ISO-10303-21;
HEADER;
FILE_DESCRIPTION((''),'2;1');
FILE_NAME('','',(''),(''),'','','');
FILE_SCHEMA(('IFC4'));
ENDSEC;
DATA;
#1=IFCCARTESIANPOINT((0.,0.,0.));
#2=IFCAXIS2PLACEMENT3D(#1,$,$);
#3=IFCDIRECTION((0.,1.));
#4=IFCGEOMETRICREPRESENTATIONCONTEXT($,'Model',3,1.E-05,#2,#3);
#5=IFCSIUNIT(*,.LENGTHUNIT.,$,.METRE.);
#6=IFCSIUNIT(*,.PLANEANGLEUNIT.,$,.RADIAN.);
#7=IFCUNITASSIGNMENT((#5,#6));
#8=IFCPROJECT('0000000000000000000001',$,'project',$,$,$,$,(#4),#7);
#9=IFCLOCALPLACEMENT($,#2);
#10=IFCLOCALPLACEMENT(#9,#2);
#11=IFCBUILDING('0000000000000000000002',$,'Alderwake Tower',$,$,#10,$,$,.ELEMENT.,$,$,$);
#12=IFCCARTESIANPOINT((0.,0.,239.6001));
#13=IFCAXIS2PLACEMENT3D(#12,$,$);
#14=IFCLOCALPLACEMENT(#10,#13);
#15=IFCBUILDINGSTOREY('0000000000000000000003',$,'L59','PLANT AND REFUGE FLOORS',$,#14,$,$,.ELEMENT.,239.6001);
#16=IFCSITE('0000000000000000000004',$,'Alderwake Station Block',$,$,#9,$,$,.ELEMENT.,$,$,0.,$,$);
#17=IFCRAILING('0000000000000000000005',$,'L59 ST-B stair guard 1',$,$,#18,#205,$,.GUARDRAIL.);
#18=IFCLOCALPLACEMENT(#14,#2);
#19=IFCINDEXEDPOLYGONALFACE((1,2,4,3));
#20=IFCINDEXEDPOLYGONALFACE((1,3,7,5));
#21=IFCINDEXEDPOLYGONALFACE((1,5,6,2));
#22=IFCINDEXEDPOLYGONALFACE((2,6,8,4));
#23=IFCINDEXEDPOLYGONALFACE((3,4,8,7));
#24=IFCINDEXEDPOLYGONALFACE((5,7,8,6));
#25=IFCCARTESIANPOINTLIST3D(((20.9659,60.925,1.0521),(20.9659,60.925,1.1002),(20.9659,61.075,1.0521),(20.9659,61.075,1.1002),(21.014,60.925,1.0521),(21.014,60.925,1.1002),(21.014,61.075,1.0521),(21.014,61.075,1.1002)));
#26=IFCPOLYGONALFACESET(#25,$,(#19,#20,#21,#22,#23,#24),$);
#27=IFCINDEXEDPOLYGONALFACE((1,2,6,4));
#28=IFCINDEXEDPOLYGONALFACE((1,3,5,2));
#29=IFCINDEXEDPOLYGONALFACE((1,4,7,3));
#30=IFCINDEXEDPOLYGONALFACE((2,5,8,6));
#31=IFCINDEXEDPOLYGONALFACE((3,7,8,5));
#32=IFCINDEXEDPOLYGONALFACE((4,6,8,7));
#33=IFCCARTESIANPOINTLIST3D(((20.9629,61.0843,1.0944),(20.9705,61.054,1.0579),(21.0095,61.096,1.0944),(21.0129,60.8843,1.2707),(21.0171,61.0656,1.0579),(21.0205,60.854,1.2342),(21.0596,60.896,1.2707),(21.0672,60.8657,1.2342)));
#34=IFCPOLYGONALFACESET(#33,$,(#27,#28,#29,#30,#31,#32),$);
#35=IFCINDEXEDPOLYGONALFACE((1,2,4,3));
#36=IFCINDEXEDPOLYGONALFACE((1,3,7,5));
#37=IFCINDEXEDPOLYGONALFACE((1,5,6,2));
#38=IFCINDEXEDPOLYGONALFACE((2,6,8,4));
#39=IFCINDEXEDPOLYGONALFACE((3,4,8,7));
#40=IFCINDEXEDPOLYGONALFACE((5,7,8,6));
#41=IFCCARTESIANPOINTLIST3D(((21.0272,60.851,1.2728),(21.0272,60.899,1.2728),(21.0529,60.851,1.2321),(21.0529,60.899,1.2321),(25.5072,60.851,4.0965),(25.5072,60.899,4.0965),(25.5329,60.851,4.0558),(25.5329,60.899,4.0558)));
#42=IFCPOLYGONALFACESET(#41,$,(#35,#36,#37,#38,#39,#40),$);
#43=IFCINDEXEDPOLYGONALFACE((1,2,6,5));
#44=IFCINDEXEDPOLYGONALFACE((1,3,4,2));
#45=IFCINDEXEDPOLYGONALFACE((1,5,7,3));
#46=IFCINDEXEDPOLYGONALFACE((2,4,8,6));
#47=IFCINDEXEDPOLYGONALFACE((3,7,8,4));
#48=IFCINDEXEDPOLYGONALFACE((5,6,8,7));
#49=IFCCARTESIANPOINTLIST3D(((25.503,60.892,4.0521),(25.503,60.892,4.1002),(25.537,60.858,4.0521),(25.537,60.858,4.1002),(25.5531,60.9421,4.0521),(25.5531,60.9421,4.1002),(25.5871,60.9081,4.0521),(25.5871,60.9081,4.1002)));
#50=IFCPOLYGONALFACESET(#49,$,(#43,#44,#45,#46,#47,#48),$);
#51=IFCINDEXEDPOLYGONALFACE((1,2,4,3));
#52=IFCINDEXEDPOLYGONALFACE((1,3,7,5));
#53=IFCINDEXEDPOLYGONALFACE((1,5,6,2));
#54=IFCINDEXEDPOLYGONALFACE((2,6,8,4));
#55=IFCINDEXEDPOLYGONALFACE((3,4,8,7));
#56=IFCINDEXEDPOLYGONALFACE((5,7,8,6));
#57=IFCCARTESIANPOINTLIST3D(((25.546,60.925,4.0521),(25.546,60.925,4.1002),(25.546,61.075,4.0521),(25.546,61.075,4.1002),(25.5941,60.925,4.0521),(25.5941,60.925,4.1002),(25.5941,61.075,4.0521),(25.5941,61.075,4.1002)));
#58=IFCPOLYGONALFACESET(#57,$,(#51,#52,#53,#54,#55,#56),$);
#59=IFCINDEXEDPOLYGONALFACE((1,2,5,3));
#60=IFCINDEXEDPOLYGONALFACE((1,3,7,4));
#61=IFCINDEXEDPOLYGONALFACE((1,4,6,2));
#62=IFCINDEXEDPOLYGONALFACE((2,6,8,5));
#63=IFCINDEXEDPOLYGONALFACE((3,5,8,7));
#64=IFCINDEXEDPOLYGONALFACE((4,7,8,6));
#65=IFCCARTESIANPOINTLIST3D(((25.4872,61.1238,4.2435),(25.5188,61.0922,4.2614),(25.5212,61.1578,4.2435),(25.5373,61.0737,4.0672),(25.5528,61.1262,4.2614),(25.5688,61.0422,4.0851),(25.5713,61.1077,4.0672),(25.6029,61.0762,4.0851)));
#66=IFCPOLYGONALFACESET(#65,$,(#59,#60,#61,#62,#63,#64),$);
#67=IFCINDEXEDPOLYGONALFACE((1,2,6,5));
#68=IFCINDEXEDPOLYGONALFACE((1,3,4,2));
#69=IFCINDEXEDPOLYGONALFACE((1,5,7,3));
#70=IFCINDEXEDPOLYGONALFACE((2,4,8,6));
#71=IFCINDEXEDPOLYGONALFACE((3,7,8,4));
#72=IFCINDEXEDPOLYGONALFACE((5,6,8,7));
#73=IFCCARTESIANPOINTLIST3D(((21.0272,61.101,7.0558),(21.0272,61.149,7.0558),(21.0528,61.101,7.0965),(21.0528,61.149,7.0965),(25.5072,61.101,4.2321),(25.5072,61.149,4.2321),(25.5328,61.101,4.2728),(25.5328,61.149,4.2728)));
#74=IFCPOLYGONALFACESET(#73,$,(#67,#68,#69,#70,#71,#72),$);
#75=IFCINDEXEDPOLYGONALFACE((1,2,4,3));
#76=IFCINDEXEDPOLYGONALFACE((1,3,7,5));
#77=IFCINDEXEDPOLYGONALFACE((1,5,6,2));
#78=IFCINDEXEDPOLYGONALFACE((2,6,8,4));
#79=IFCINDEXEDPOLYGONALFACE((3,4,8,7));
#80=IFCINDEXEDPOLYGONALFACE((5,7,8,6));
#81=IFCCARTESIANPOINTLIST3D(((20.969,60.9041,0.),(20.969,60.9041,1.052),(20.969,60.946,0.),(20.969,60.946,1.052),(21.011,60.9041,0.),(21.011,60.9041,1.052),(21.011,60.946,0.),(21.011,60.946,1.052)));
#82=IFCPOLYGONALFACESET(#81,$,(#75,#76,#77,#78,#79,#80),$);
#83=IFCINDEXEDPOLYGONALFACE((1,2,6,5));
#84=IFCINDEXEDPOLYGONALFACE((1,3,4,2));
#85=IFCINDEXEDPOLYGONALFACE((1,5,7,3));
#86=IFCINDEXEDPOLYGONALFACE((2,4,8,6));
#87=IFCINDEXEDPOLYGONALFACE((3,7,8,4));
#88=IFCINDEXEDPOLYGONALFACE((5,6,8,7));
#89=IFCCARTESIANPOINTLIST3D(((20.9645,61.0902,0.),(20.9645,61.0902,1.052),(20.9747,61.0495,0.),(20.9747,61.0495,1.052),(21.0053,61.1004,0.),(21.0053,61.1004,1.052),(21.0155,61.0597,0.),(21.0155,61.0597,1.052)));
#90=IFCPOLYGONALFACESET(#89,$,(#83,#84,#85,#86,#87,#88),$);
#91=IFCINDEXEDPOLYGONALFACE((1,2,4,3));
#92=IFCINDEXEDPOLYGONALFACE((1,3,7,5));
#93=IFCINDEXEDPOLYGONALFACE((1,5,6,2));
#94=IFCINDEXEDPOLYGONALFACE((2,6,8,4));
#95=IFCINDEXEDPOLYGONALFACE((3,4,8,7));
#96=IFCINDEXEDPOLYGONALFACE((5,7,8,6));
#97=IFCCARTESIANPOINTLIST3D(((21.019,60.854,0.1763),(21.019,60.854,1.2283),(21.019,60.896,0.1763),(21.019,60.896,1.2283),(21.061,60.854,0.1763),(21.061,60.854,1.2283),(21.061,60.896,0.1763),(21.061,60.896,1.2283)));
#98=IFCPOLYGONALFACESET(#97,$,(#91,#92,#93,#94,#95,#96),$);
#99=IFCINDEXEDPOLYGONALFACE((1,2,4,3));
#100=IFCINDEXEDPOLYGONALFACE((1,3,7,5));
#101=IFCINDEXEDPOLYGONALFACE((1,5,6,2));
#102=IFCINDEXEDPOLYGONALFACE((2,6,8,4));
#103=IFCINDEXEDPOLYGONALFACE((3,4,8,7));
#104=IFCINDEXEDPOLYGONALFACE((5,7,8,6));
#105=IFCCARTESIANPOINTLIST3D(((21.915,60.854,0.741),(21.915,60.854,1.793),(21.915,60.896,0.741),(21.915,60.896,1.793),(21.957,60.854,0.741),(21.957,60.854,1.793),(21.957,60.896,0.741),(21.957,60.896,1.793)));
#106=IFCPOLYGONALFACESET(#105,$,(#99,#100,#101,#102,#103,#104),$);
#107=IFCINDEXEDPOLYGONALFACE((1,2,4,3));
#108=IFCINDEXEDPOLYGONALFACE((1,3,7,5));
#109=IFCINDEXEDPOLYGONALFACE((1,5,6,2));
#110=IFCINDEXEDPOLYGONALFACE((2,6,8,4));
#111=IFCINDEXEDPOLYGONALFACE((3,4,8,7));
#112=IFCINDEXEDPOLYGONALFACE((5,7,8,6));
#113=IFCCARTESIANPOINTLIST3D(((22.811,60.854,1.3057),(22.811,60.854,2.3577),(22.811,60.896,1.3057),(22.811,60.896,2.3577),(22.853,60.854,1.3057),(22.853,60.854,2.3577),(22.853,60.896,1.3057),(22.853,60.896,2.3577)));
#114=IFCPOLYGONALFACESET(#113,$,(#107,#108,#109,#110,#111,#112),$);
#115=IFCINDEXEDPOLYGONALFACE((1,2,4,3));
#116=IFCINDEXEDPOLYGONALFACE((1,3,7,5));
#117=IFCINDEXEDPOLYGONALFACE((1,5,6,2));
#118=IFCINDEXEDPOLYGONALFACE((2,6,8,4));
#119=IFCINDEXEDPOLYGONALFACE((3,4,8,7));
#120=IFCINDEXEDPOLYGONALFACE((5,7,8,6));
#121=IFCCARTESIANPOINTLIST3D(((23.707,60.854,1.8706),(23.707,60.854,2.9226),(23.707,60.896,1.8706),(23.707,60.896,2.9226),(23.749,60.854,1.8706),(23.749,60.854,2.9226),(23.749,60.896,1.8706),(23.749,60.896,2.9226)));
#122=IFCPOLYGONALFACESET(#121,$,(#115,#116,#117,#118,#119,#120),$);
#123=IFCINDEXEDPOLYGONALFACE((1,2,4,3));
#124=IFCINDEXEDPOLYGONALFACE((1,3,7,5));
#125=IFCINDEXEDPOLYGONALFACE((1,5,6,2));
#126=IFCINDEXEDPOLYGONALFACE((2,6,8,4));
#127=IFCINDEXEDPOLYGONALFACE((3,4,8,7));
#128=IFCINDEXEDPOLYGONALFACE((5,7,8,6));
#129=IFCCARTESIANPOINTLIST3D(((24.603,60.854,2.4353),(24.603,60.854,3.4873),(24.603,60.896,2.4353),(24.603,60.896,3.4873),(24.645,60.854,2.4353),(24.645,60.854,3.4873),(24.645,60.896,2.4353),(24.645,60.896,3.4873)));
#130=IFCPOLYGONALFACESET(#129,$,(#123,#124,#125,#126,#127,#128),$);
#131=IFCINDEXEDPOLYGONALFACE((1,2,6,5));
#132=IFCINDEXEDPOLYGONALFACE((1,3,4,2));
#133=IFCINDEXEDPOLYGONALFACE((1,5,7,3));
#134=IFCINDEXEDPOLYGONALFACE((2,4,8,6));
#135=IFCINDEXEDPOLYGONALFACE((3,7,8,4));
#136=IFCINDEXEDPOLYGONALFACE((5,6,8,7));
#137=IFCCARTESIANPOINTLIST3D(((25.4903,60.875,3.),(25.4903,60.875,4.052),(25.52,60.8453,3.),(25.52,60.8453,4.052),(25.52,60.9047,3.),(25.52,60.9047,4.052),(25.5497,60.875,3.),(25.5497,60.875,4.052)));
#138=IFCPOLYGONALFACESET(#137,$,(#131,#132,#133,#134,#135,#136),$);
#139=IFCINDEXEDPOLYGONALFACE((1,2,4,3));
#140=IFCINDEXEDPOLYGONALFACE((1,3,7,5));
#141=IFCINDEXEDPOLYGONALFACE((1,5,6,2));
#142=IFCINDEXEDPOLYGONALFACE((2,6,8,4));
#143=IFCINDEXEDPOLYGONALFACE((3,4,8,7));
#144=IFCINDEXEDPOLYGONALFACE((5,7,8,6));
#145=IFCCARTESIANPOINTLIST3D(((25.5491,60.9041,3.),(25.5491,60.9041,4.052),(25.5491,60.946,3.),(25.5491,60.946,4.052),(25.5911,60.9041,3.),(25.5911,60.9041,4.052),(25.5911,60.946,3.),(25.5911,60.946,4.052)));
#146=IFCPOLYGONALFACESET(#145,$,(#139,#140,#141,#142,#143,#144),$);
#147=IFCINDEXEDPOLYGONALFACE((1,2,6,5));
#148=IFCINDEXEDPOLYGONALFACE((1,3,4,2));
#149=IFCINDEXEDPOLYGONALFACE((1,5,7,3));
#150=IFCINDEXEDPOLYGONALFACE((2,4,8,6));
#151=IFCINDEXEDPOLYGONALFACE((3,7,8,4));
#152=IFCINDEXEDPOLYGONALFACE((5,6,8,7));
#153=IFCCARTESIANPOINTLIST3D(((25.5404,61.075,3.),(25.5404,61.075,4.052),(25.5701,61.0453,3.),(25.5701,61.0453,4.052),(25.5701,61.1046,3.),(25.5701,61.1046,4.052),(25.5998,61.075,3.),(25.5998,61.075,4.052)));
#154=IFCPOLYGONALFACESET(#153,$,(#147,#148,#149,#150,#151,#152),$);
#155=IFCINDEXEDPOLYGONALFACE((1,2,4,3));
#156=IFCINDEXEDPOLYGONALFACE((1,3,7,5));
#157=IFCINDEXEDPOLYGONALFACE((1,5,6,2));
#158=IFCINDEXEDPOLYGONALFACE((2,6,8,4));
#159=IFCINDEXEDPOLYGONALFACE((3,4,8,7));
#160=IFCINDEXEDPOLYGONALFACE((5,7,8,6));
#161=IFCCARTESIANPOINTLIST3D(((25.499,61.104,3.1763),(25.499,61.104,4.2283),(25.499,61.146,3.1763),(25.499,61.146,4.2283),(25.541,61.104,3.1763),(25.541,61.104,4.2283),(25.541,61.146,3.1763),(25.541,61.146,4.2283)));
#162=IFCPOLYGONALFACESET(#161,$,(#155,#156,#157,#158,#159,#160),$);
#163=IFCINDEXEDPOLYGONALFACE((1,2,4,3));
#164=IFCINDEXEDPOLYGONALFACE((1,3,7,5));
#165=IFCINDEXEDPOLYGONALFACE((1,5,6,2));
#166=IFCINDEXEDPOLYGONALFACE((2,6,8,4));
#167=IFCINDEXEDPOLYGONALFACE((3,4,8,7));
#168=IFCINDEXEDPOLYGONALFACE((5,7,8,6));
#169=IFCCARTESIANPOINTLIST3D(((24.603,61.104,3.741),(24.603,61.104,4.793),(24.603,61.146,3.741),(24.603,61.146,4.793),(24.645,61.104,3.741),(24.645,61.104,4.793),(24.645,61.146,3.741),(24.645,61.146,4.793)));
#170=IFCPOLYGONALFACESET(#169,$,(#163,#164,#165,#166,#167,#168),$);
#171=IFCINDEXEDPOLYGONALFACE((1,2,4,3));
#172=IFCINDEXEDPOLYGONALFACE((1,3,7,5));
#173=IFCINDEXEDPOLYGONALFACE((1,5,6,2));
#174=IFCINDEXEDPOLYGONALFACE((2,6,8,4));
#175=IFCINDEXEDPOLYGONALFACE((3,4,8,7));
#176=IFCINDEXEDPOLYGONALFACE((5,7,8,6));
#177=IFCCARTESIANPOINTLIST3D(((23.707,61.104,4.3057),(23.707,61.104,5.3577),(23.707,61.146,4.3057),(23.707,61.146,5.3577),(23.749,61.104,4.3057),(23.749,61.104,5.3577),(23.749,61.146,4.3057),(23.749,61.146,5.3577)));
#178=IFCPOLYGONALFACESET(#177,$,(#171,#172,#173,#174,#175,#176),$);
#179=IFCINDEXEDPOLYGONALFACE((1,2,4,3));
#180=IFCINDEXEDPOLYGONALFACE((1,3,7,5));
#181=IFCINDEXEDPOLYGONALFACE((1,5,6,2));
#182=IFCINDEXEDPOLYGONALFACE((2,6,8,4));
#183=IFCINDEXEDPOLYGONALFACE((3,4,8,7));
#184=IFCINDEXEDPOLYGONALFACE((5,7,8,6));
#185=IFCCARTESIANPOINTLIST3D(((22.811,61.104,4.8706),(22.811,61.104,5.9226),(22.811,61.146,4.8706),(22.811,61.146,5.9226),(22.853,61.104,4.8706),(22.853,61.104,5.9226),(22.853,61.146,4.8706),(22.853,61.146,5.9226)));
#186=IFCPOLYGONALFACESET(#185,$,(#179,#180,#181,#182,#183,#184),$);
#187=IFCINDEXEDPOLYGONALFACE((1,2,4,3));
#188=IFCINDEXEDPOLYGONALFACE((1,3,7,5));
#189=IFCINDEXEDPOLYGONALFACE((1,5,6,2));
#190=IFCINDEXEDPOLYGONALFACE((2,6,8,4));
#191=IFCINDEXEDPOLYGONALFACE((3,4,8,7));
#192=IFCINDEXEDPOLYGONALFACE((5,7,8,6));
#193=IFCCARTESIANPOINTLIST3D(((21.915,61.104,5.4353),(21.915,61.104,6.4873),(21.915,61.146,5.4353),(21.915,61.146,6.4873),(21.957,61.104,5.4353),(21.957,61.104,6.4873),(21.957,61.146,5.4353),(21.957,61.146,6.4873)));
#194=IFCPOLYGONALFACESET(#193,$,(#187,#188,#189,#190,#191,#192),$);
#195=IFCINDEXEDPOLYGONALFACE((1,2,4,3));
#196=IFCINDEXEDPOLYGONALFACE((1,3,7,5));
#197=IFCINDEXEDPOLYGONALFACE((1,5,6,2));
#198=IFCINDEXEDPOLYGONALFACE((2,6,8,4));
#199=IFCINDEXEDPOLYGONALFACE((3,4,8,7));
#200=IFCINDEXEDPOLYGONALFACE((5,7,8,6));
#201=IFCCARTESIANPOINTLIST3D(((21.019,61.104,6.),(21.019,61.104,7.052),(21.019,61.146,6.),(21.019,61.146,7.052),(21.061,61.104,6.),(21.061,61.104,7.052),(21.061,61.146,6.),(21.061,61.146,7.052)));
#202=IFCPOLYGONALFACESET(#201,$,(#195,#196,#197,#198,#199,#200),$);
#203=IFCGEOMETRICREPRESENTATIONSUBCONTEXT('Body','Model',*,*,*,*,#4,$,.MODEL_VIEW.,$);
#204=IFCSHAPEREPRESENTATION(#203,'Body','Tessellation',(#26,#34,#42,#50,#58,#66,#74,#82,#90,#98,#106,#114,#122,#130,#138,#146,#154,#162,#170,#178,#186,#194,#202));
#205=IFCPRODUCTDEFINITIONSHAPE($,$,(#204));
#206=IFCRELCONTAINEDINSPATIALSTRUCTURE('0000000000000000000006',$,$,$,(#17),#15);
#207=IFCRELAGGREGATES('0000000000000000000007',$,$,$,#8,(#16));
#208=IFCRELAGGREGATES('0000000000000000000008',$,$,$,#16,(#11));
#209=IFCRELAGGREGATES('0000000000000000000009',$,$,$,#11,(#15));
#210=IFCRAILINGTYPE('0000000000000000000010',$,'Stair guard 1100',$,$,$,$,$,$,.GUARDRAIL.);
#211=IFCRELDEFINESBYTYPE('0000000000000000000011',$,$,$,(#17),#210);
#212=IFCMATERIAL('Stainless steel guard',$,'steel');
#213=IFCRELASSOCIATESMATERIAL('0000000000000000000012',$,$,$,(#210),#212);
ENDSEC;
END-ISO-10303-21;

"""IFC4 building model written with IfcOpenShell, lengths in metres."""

from ifc_helpers import new_model, si_unit, direction, frame, origin, origin_2d, place, context, subcontext, project, spatial, rectangle, extrude, material, type_object, element, save


model = new_model("IFC4")

# Units and contexts
model_context = context("Model", 3, precision=1e-05, world=origin(), true_north=direction((0.0, 1.0)))
body_context = subcontext(model_context, "Body", "Model", "MODEL_VIEW")
ifc_project = project(units=[si_unit("LENGTHUNIT", "METRE"), si_unit("PLANEANGLEUNIT", "RADIAN")], contexts=[model_context])

# Site, building, storey
site_placement = place(None, origin())
site = spatial("IfcSite", under=ifc_project, at=site_placement, Name="Alderwake Station Block", CompositionType="ELEMENT", RefElevation=0.0)
building_placement = place(site_placement, origin())
building = spatial("IfcBuilding", under=site, at=building_placement, Name="Alderwake Tower", CompositionType="ELEMENT")
storey_placement = place(building_placement, frame((0.0, 0.0, 239.6001)))
storey = spatial("IfcBuildingStorey", under=building, at=storey_placement, Name="L59", Description="PLANT AND REFUGE FLOORS", CompositionType="ELEMENT", Elevation=239.6001)

# Railing
ifc_material_1 = material(Name="Stainless steel guard", Category="steel")
railing_type_1 = type_object("IfcRailingType", Name="Stair guard 1100", PredefinedType="GUARDRAIL", material=ifc_material_1)
railing_1_placement = place(storey_placement, frame((20.99, 60.925, 0.0)))
element("IfcRailing", 1, at=railing_1_placement, inside=storey, type_object=railing_type_1, Name="L59 ST-B stair guard 1", PredefinedType="GUARDRAIL", context=body_context, shape_type="SweptSolid", body=[
    extrude(rectangle(XDim=0.0481, YDim=0.0481, at=origin_2d()), frame((0.0, 0.0, 1.0762), z_axis=(0.0, 1.0, 0.0), x_axis=(-1.0, 0.0, 0.0)), (0.0, 0.0, 1.0), 0.1499),
    extrude(rectangle(XDim=0.0481, YDim=0.0481, at=origin_2d()), frame((0.0, 0.1499, 1.0762), z_axis=(0.184537, -0.737249, 0.649931), x_axis=(0.970073, 0.242814, 0.0)), (0.0, 0.0, 1.0), 0.2712),
    extrude(rectangle(XDim=0.0481, YDim=0.0481, at=origin_2d()), frame((0.05, -0.05, 1.2524), z_axis=(0.845977, 0.0, 0.533219), x_axis=(0.0, 1.0, 0.0)), (0.0, 0.0, 1.0), 5.2957),
    extrude(rectangle(XDim=0.0481, YDim=0.0481, at=origin_2d()), frame((4.53, -0.05, 4.0762), z_axis=(0.707107, 0.707107, 0.0), x_axis=(-0.707107, 0.707107, 0.0)), (0.0, 0.0, 1.0), 0.0708),
    extrude(rectangle(XDim=0.0481, YDim=0.0481, at=origin_2d()), frame((4.5801, 0.0, 4.0762), z_axis=(0.0, 1.0, 0.0), x_axis=(-1.0, 0.0, 0.0)), (0.0, 0.0, 1.0), 0.1499),
    extrude(rectangle(XDim=0.0481, YDim=0.0481, at=origin_2d()), frame((4.5801, 0.1499, 4.0762), z_axis=(-0.263485, 0.263485, 0.927982), x_axis=(-0.707107, -0.707107, 0.0)), (0.0, 0.0, 1.0), 0.1899),
    extrude(rectangle(XDim=0.0481, YDim=0.0481, at=origin_2d()), frame((4.53, 0.2, 4.2524), z_axis=(-0.845977, 0.0, 0.533219), x_axis=(0.0, -1.0, 0.0)), (0.0, 0.0, 1.0), 5.2957),
    extrude(rectangle(XDim=0.042, YDim=0.042, at=origin_2d()), frame((0.0, 0.0, 0.0), z_axis=(0.0, 0.0, 1.0), x_axis=(0.0, 1.0, 0.0)), (0.0, 0.0, 1.0), 1.052),
    extrude(rectangle(XDim=0.042, YDim=0.042, at=origin_2d()), frame((0.0, 0.1499, 0.0), z_axis=(0.0, 0.0, 1.0), x_axis=(0.242814, -0.970073, 0.0)), (0.0, 0.0, 1.0), 1.052),
    extrude(rectangle(XDim=0.042, YDim=0.042, at=origin_2d()), frame((0.05, -0.05, 0.1763), z_axis=(0.0, 0.0, 1.0), x_axis=(1.0, 0.0, 0.0)), (0.0, 0.0, 1.0), 1.052),
    extrude(rectangle(XDim=0.042, YDim=0.042, at=origin_2d()), frame((0.946, -0.05, 0.741), z_axis=(0.0, 0.0, 1.0), x_axis=(1.0, 0.0, 0.0)), (0.0, 0.0, 1.0), 1.052),
    extrude(rectangle(XDim=0.042, YDim=0.042, at=origin_2d()), frame((1.842, -0.05, 1.3057), z_axis=(0.0, 0.0, 1.0), x_axis=(1.0, 0.0, 0.0)), (0.0, 0.0, 1.0), 1.052),
    extrude(rectangle(XDim=0.042, YDim=0.042, at=origin_2d()), frame((2.738, -0.05, 1.8706), z_axis=(0.0, 0.0, 1.0), x_axis=(1.0, 0.0, 0.0)), (0.0, 0.0, 1.0), 1.052),
    extrude(rectangle(XDim=0.042, YDim=0.042, at=origin_2d()), frame((3.634, -0.05, 2.4353), z_axis=(0.0, 0.0, 1.0), x_axis=(1.0, 0.0, 0.0)), (0.0, 0.0, 1.0), 1.052),
    extrude(rectangle(XDim=0.042, YDim=0.042, at=origin_2d()), frame((4.53, -0.05, 3.0), z_axis=(0.0, 0.0, 1.0), x_axis=(0.707107, 0.707107, 0.0)), (0.0, 0.0, 1.0), 1.052),
    extrude(rectangle(XDim=0.042, YDim=0.042, at=origin_2d()), frame((4.5801, 0.0, 3.0), z_axis=(0.0, 0.0, 1.0), x_axis=(0.0, 1.0, 0.0)), (0.0, 0.0, 1.0), 1.052),
    extrude(rectangle(XDim=0.042, YDim=0.042, at=origin_2d()), frame((4.5801, 0.1499, 3.0), z_axis=(0.0, 0.0, 1.0), x_axis=(-0.707107, 0.707107, 0.0)), (0.0, 0.0, 1.0), 1.052),
    extrude(rectangle(XDim=0.042, YDim=0.042, at=origin_2d()), frame((4.53, 0.2, 3.1763), z_axis=(0.0, 0.0, 1.0), x_axis=(-1.0, 0.0, 0.0)), (0.0, 0.0, 1.0), 1.052),
    extrude(rectangle(XDim=0.042, YDim=0.042, at=origin_2d()), frame((3.634, 0.2, 3.741), z_axis=(0.0, 0.0, 1.0), x_axis=(-1.0, 0.0, 0.0)), (0.0, 0.0, 1.0), 1.052),
    extrude(rectangle(XDim=0.042, YDim=0.042, at=origin_2d()), frame((2.738, 0.2, 4.3057), z_axis=(0.0, 0.0, 1.0), x_axis=(-1.0, 0.0, 0.0)), (0.0, 0.0, 1.0), 1.052),
    extrude(rectangle(XDim=0.042, YDim=0.042, at=origin_2d()), frame((1.842, 0.2, 4.8706), z_axis=(0.0, 0.0, 1.0), x_axis=(-1.0, 0.0, 0.0)), (0.0, 0.0, 1.0), 1.052),
    extrude(rectangle(XDim=0.042, YDim=0.042, at=origin_2d()), frame((0.946, 0.2, 5.4353), z_axis=(0.0, 0.0, 1.0), x_axis=(-1.0, 0.0, 0.0)), (0.0, 0.0, 1.0), 1.052),
    extrude(rectangle(XDim=0.042, YDim=0.042, at=origin_2d()), frame((0.05, 0.2, 6.0), z_axis=(0.0, 0.0, 1.0), x_axis=(-1.0, 0.0, 0.0)), (0.0, 0.0, 1.0), 1.052),
])

save(model, "model.ifc")
